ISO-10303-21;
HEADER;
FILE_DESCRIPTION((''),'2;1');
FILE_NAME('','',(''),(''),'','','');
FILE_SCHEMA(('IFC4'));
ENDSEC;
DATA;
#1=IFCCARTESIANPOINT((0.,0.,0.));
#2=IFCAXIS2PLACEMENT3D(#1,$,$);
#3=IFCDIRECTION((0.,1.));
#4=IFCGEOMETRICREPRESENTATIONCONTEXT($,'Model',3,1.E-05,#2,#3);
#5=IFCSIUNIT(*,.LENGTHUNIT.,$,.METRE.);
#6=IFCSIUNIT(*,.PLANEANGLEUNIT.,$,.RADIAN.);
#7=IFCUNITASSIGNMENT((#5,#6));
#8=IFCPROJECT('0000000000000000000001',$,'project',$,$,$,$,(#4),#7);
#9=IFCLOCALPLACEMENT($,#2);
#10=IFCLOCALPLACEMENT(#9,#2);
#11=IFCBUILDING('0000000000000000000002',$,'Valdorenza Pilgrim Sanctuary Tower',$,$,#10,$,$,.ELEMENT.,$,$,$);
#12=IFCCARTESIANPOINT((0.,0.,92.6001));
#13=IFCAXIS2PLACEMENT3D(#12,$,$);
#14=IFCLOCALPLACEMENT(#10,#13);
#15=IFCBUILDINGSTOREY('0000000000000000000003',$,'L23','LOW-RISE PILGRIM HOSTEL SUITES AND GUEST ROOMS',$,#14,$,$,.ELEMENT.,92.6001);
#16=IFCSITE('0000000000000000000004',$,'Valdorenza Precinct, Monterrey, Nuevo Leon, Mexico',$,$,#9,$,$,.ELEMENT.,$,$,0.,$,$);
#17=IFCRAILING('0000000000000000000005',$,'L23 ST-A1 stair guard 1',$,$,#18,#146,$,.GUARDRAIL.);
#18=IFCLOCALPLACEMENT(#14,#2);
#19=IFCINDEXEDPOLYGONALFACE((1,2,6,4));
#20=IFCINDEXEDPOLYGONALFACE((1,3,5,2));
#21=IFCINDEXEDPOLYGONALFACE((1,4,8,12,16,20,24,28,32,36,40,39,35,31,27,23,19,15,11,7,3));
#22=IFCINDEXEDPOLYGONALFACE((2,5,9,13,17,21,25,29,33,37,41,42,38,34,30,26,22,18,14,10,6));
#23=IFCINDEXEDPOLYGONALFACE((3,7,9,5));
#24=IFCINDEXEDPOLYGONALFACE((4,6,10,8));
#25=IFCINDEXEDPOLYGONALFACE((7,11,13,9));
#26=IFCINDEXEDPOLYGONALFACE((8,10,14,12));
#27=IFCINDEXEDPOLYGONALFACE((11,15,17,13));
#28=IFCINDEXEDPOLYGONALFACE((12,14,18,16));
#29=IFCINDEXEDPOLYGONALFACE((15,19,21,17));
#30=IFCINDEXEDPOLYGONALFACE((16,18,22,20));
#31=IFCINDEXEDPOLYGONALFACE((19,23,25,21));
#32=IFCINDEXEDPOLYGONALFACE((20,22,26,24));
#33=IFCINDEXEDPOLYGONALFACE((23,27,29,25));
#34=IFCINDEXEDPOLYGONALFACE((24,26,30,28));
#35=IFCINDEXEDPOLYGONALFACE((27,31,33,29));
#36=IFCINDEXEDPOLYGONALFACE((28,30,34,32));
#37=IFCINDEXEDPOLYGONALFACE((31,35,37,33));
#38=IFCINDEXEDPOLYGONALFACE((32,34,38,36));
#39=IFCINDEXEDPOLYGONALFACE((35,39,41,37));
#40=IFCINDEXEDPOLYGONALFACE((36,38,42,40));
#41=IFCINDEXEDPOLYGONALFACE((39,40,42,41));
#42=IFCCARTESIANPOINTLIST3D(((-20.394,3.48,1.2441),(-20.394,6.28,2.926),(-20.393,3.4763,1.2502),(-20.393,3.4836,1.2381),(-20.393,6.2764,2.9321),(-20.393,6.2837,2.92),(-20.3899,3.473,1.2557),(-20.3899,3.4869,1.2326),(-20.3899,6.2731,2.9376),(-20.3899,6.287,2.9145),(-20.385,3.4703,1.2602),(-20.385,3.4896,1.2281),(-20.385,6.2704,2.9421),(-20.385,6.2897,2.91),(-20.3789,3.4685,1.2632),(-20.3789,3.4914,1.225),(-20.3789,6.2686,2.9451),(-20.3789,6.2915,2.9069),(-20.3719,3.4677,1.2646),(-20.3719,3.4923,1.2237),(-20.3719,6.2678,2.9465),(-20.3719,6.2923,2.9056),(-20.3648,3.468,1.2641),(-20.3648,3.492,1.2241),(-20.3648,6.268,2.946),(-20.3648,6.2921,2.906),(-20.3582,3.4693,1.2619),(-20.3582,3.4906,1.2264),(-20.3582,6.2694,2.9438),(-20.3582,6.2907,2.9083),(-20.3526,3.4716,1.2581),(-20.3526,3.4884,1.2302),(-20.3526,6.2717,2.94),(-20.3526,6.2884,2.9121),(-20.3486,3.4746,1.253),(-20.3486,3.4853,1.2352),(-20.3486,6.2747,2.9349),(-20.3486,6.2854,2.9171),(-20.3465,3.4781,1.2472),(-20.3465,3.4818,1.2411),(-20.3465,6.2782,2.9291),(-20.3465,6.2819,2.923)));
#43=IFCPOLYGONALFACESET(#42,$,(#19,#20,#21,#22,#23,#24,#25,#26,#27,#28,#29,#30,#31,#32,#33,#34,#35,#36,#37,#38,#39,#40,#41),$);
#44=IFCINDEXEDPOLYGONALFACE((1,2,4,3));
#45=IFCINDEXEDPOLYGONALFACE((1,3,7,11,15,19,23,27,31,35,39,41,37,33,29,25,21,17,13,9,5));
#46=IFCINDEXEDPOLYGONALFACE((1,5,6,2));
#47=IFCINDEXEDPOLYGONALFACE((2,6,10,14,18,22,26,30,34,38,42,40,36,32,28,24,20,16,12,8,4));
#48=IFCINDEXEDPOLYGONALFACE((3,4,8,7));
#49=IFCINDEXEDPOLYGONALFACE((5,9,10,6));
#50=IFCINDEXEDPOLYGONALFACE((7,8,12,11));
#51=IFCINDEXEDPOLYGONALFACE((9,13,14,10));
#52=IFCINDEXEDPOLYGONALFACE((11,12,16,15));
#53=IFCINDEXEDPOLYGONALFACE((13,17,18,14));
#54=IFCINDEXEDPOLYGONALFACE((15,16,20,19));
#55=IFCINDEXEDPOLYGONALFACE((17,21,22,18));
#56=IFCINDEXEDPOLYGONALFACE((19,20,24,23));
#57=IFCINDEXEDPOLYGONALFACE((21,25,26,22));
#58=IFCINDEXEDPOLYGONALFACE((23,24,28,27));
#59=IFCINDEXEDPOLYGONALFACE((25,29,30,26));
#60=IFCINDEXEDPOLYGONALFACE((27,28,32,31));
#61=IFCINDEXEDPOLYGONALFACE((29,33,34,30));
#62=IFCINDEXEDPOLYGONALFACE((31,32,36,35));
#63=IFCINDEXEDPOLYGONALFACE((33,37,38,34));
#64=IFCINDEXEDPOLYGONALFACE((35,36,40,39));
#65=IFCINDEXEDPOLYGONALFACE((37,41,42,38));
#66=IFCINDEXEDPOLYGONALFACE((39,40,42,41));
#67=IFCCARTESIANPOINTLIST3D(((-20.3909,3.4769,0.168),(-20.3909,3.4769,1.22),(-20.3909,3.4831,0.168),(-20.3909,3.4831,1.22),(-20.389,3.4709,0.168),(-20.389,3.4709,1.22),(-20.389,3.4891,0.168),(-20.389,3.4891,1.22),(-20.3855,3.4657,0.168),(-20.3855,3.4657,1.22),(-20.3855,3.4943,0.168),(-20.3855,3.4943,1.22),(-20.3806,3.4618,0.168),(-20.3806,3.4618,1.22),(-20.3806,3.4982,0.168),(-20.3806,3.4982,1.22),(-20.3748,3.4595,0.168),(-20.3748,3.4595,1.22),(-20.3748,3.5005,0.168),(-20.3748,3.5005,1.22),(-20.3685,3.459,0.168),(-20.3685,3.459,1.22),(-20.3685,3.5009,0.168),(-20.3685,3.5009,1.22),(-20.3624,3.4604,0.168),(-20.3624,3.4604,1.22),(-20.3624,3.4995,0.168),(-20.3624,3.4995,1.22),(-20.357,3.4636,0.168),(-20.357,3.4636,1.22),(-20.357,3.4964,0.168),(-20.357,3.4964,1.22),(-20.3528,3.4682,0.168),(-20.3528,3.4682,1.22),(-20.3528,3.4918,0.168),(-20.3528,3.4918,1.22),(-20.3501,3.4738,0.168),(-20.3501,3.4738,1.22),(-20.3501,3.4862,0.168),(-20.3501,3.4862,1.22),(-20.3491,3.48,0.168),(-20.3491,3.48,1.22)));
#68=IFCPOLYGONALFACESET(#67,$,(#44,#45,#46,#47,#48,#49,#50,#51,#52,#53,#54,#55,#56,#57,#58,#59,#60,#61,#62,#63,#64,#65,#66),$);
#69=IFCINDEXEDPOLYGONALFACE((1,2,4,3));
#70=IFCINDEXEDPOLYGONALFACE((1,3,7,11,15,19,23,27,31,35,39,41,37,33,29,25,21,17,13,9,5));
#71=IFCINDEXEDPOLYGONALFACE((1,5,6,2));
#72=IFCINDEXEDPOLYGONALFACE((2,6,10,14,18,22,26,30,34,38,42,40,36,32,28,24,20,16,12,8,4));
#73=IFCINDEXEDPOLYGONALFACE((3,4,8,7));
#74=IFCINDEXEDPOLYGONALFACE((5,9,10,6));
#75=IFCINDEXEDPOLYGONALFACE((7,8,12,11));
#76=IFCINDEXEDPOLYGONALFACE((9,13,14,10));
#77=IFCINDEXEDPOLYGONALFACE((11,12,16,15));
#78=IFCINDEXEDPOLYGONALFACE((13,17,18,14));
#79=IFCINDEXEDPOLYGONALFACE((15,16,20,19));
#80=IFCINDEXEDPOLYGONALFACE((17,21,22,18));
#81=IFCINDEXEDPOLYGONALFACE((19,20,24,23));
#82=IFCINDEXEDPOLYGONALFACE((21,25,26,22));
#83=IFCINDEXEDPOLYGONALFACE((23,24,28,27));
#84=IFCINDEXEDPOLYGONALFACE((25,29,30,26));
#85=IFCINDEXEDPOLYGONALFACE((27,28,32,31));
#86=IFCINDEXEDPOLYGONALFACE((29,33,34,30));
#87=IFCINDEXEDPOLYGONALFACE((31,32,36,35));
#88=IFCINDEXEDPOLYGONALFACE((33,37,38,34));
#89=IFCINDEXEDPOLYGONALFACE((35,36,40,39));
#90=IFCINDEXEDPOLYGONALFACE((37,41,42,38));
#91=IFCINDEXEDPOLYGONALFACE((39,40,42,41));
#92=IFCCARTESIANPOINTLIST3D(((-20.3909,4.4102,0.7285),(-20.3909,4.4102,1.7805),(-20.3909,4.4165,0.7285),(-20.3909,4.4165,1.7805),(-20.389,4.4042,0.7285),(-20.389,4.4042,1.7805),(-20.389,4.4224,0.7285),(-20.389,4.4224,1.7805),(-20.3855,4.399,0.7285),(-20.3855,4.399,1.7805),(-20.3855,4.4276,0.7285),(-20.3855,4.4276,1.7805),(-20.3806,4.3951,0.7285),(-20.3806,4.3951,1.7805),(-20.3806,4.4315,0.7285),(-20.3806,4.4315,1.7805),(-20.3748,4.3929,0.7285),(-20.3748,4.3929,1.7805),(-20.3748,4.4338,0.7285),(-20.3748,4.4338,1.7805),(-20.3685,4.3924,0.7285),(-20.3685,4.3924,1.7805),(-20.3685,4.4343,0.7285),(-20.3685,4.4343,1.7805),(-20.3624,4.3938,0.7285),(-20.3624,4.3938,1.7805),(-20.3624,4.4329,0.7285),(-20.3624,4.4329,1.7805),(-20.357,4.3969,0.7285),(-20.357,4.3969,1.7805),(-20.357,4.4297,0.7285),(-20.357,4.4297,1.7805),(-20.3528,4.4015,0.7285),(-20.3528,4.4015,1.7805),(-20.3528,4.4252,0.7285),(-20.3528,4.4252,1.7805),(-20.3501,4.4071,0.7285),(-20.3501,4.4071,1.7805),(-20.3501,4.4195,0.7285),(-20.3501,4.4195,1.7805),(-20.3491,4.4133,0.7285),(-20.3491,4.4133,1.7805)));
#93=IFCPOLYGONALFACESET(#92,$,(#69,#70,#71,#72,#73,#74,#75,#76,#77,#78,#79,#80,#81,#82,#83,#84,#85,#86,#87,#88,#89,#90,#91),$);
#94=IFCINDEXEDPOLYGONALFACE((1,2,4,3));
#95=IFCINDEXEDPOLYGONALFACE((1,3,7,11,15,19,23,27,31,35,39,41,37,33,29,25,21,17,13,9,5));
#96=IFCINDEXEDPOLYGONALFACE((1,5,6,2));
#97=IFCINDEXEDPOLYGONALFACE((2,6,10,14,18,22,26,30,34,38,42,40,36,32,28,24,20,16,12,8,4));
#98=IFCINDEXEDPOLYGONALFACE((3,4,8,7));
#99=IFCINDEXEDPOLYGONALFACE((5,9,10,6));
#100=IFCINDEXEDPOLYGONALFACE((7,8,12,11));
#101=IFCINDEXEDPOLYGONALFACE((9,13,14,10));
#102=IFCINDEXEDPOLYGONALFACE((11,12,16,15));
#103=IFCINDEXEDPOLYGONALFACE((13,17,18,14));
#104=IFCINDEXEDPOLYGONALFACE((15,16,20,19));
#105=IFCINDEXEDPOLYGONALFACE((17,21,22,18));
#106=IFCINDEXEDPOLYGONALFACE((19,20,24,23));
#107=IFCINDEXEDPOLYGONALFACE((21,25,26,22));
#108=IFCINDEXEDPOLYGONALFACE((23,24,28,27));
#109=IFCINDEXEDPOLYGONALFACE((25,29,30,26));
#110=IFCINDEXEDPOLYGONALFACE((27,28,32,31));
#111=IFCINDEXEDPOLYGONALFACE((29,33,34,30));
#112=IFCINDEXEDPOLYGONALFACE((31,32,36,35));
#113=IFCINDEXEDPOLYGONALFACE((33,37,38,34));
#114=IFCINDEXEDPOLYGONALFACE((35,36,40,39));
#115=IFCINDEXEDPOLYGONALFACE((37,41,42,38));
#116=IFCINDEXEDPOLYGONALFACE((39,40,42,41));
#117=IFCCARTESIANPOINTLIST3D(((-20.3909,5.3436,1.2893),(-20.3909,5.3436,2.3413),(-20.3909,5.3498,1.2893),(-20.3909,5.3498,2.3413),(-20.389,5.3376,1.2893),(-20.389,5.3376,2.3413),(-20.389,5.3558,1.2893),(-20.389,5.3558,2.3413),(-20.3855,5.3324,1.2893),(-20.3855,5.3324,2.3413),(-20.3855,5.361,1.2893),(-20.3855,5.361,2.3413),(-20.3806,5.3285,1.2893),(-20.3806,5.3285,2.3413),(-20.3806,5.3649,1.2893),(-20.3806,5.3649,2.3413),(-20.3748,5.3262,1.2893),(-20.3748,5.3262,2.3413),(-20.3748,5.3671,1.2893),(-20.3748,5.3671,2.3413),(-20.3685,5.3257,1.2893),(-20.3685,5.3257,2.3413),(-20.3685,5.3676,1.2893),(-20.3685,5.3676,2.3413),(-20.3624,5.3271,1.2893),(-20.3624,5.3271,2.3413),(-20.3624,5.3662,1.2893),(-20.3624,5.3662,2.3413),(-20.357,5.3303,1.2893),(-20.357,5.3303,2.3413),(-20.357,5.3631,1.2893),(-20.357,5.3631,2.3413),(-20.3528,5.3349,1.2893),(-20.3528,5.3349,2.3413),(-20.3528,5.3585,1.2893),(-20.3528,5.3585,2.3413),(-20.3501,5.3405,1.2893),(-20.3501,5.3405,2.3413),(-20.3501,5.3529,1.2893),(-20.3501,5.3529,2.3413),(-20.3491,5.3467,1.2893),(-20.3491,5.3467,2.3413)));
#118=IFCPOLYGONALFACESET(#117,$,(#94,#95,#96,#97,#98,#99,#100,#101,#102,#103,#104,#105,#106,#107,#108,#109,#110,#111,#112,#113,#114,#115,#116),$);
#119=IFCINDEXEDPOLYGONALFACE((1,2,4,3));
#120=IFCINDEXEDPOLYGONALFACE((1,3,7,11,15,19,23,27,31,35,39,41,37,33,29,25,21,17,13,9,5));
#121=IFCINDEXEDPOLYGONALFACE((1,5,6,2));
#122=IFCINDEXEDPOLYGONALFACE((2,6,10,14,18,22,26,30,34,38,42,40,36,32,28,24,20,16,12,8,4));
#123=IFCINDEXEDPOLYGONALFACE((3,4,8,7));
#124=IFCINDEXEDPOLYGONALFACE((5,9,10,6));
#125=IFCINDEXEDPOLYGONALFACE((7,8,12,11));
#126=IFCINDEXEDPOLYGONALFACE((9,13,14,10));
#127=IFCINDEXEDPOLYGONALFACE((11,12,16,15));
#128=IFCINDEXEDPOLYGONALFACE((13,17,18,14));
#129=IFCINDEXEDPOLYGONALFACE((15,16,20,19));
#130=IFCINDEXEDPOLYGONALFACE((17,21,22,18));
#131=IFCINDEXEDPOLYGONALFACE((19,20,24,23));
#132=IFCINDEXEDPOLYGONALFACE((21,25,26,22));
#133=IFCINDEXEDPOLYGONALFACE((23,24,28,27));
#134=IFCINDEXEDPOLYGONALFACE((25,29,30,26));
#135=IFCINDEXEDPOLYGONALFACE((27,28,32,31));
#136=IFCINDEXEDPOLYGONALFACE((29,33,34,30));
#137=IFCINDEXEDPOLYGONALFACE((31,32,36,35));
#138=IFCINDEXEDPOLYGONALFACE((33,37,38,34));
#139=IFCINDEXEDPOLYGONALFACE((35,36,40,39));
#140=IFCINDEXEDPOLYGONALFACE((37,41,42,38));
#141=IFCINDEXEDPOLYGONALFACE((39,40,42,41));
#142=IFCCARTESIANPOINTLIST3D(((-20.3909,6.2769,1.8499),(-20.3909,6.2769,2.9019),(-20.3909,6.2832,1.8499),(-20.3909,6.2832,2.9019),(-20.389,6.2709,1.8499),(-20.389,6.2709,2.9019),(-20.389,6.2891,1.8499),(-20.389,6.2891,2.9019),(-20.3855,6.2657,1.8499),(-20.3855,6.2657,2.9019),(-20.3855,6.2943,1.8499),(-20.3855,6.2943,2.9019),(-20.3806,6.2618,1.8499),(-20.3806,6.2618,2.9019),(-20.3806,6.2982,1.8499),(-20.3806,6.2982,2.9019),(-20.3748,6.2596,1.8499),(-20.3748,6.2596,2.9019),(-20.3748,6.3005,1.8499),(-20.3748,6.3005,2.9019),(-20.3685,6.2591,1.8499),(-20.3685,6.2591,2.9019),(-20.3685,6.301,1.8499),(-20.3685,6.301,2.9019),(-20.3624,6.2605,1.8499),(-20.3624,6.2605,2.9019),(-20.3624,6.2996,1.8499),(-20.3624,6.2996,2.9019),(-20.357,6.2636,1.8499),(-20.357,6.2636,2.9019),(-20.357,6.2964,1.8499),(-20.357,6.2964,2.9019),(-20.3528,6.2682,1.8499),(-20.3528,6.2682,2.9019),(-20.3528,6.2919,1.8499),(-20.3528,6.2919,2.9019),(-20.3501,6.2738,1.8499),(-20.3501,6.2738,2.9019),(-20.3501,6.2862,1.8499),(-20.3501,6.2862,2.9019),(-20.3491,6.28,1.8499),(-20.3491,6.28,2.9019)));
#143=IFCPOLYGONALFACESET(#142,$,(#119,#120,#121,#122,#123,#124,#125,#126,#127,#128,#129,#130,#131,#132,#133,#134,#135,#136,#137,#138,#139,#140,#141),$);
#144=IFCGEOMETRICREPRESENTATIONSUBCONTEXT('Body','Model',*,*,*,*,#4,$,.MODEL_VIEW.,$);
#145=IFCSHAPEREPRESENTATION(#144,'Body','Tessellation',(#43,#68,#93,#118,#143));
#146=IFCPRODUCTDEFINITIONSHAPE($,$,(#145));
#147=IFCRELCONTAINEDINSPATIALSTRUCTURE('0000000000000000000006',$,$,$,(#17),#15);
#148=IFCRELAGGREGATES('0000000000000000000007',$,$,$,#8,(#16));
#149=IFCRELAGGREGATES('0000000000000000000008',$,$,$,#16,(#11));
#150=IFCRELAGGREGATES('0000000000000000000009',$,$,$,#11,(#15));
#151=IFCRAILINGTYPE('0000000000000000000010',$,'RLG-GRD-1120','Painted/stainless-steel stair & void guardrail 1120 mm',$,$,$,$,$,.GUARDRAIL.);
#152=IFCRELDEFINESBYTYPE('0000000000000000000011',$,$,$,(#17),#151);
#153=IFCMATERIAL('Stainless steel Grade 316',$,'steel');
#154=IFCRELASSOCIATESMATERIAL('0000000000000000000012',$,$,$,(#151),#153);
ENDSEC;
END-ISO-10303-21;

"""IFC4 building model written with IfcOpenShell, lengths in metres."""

from ifc_helpers import new_model, si_unit, direction, frame, origin, origin_2d, place, context, subcontext, project, spatial, circle, extrude, material, type_object, element, save


model = new_model("IFC4")

# Units and contexts
model_context = context("Model", 3, precision=1e-05, world=origin(), true_north=direction((0.0, 1.0)))
body_context = subcontext(model_context, "Body", "Model", "MODEL_VIEW")
ifc_project = project(units=[si_unit("LENGTHUNIT", "METRE"), si_unit("PLANEANGLEUNIT", "RADIAN")], contexts=[model_context])

# Site, building, storey
site_placement = place(None, origin())
site = spatial("IfcSite", under=ifc_project, at=site_placement, Name="Valdorenza Precinct, Monterrey, Nuevo Leon, Mexico", CompositionType="ELEMENT", RefElevation=0.0)
building_placement = place(site_placement, origin())
building = spatial("IfcBuilding", under=site, at=building_placement, Name="Valdorenza Pilgrim Sanctuary Tower", CompositionType="ELEMENT")
storey_placement = place(building_placement, frame((0.0, 0.0, 92.6001)))
storey = spatial("IfcBuildingStorey", under=building, at=storey_placement, Name="L23", Description="LOW-RISE PILGRIM HOSTEL SUITES AND GUEST ROOMS", CompositionType="ELEMENT", Elevation=92.6001)

# Railing
ifc_material_1 = material(Name="Stainless steel Grade 316", Category="steel")
railing_type_1 = type_object("IfcRailingType", Name="RLG-GRD-1120", Description="Painted/stainless-steel stair & void guardrail 1120 mm", PredefinedType="GUARDRAIL", material=ifc_material_1)
railing_1_placement = place(storey_placement, frame((-20.3701, 3.48, 0.168)))
element("IfcRailing", 1, at=railing_1_placement, inside=storey, type_object=railing_type_1, Name="L23 ST-A1 stair guard 1", PredefinedType="GUARDRAIL", context=body_context, shape_type="SweptSolid", body=[
    extrude(circle(Radius=0.0239, at=origin_2d()), frame((0.0, 0.0, 1.0762), z_axis=(0.0, 0.857242, 0.514913), x_axis=(-1.0, 0.0, 0.0)), (0.0, 0.0, 1.0), 3.2664),
    extrude(circle(Radius=0.021, at=origin_2d()), origin(), (0.0, 0.0, 1.0), 1.052),
    extrude(circle(Radius=0.021, at=origin_2d()), frame((0.0, 0.9333, 0.5605)), (0.0, 0.0, 1.0), 1.052),
    extrude(circle(Radius=0.021, at=origin_2d()), frame((0.0, 1.8667, 1.1213)), (0.0, 0.0, 1.0), 1.052),
    extrude(circle(Radius=0.021, at=origin_2d()), frame((0.0, 2.8, 1.6819)), (0.0, 0.0, 1.0), 1.052),
])

save(model, "model.ifc")
